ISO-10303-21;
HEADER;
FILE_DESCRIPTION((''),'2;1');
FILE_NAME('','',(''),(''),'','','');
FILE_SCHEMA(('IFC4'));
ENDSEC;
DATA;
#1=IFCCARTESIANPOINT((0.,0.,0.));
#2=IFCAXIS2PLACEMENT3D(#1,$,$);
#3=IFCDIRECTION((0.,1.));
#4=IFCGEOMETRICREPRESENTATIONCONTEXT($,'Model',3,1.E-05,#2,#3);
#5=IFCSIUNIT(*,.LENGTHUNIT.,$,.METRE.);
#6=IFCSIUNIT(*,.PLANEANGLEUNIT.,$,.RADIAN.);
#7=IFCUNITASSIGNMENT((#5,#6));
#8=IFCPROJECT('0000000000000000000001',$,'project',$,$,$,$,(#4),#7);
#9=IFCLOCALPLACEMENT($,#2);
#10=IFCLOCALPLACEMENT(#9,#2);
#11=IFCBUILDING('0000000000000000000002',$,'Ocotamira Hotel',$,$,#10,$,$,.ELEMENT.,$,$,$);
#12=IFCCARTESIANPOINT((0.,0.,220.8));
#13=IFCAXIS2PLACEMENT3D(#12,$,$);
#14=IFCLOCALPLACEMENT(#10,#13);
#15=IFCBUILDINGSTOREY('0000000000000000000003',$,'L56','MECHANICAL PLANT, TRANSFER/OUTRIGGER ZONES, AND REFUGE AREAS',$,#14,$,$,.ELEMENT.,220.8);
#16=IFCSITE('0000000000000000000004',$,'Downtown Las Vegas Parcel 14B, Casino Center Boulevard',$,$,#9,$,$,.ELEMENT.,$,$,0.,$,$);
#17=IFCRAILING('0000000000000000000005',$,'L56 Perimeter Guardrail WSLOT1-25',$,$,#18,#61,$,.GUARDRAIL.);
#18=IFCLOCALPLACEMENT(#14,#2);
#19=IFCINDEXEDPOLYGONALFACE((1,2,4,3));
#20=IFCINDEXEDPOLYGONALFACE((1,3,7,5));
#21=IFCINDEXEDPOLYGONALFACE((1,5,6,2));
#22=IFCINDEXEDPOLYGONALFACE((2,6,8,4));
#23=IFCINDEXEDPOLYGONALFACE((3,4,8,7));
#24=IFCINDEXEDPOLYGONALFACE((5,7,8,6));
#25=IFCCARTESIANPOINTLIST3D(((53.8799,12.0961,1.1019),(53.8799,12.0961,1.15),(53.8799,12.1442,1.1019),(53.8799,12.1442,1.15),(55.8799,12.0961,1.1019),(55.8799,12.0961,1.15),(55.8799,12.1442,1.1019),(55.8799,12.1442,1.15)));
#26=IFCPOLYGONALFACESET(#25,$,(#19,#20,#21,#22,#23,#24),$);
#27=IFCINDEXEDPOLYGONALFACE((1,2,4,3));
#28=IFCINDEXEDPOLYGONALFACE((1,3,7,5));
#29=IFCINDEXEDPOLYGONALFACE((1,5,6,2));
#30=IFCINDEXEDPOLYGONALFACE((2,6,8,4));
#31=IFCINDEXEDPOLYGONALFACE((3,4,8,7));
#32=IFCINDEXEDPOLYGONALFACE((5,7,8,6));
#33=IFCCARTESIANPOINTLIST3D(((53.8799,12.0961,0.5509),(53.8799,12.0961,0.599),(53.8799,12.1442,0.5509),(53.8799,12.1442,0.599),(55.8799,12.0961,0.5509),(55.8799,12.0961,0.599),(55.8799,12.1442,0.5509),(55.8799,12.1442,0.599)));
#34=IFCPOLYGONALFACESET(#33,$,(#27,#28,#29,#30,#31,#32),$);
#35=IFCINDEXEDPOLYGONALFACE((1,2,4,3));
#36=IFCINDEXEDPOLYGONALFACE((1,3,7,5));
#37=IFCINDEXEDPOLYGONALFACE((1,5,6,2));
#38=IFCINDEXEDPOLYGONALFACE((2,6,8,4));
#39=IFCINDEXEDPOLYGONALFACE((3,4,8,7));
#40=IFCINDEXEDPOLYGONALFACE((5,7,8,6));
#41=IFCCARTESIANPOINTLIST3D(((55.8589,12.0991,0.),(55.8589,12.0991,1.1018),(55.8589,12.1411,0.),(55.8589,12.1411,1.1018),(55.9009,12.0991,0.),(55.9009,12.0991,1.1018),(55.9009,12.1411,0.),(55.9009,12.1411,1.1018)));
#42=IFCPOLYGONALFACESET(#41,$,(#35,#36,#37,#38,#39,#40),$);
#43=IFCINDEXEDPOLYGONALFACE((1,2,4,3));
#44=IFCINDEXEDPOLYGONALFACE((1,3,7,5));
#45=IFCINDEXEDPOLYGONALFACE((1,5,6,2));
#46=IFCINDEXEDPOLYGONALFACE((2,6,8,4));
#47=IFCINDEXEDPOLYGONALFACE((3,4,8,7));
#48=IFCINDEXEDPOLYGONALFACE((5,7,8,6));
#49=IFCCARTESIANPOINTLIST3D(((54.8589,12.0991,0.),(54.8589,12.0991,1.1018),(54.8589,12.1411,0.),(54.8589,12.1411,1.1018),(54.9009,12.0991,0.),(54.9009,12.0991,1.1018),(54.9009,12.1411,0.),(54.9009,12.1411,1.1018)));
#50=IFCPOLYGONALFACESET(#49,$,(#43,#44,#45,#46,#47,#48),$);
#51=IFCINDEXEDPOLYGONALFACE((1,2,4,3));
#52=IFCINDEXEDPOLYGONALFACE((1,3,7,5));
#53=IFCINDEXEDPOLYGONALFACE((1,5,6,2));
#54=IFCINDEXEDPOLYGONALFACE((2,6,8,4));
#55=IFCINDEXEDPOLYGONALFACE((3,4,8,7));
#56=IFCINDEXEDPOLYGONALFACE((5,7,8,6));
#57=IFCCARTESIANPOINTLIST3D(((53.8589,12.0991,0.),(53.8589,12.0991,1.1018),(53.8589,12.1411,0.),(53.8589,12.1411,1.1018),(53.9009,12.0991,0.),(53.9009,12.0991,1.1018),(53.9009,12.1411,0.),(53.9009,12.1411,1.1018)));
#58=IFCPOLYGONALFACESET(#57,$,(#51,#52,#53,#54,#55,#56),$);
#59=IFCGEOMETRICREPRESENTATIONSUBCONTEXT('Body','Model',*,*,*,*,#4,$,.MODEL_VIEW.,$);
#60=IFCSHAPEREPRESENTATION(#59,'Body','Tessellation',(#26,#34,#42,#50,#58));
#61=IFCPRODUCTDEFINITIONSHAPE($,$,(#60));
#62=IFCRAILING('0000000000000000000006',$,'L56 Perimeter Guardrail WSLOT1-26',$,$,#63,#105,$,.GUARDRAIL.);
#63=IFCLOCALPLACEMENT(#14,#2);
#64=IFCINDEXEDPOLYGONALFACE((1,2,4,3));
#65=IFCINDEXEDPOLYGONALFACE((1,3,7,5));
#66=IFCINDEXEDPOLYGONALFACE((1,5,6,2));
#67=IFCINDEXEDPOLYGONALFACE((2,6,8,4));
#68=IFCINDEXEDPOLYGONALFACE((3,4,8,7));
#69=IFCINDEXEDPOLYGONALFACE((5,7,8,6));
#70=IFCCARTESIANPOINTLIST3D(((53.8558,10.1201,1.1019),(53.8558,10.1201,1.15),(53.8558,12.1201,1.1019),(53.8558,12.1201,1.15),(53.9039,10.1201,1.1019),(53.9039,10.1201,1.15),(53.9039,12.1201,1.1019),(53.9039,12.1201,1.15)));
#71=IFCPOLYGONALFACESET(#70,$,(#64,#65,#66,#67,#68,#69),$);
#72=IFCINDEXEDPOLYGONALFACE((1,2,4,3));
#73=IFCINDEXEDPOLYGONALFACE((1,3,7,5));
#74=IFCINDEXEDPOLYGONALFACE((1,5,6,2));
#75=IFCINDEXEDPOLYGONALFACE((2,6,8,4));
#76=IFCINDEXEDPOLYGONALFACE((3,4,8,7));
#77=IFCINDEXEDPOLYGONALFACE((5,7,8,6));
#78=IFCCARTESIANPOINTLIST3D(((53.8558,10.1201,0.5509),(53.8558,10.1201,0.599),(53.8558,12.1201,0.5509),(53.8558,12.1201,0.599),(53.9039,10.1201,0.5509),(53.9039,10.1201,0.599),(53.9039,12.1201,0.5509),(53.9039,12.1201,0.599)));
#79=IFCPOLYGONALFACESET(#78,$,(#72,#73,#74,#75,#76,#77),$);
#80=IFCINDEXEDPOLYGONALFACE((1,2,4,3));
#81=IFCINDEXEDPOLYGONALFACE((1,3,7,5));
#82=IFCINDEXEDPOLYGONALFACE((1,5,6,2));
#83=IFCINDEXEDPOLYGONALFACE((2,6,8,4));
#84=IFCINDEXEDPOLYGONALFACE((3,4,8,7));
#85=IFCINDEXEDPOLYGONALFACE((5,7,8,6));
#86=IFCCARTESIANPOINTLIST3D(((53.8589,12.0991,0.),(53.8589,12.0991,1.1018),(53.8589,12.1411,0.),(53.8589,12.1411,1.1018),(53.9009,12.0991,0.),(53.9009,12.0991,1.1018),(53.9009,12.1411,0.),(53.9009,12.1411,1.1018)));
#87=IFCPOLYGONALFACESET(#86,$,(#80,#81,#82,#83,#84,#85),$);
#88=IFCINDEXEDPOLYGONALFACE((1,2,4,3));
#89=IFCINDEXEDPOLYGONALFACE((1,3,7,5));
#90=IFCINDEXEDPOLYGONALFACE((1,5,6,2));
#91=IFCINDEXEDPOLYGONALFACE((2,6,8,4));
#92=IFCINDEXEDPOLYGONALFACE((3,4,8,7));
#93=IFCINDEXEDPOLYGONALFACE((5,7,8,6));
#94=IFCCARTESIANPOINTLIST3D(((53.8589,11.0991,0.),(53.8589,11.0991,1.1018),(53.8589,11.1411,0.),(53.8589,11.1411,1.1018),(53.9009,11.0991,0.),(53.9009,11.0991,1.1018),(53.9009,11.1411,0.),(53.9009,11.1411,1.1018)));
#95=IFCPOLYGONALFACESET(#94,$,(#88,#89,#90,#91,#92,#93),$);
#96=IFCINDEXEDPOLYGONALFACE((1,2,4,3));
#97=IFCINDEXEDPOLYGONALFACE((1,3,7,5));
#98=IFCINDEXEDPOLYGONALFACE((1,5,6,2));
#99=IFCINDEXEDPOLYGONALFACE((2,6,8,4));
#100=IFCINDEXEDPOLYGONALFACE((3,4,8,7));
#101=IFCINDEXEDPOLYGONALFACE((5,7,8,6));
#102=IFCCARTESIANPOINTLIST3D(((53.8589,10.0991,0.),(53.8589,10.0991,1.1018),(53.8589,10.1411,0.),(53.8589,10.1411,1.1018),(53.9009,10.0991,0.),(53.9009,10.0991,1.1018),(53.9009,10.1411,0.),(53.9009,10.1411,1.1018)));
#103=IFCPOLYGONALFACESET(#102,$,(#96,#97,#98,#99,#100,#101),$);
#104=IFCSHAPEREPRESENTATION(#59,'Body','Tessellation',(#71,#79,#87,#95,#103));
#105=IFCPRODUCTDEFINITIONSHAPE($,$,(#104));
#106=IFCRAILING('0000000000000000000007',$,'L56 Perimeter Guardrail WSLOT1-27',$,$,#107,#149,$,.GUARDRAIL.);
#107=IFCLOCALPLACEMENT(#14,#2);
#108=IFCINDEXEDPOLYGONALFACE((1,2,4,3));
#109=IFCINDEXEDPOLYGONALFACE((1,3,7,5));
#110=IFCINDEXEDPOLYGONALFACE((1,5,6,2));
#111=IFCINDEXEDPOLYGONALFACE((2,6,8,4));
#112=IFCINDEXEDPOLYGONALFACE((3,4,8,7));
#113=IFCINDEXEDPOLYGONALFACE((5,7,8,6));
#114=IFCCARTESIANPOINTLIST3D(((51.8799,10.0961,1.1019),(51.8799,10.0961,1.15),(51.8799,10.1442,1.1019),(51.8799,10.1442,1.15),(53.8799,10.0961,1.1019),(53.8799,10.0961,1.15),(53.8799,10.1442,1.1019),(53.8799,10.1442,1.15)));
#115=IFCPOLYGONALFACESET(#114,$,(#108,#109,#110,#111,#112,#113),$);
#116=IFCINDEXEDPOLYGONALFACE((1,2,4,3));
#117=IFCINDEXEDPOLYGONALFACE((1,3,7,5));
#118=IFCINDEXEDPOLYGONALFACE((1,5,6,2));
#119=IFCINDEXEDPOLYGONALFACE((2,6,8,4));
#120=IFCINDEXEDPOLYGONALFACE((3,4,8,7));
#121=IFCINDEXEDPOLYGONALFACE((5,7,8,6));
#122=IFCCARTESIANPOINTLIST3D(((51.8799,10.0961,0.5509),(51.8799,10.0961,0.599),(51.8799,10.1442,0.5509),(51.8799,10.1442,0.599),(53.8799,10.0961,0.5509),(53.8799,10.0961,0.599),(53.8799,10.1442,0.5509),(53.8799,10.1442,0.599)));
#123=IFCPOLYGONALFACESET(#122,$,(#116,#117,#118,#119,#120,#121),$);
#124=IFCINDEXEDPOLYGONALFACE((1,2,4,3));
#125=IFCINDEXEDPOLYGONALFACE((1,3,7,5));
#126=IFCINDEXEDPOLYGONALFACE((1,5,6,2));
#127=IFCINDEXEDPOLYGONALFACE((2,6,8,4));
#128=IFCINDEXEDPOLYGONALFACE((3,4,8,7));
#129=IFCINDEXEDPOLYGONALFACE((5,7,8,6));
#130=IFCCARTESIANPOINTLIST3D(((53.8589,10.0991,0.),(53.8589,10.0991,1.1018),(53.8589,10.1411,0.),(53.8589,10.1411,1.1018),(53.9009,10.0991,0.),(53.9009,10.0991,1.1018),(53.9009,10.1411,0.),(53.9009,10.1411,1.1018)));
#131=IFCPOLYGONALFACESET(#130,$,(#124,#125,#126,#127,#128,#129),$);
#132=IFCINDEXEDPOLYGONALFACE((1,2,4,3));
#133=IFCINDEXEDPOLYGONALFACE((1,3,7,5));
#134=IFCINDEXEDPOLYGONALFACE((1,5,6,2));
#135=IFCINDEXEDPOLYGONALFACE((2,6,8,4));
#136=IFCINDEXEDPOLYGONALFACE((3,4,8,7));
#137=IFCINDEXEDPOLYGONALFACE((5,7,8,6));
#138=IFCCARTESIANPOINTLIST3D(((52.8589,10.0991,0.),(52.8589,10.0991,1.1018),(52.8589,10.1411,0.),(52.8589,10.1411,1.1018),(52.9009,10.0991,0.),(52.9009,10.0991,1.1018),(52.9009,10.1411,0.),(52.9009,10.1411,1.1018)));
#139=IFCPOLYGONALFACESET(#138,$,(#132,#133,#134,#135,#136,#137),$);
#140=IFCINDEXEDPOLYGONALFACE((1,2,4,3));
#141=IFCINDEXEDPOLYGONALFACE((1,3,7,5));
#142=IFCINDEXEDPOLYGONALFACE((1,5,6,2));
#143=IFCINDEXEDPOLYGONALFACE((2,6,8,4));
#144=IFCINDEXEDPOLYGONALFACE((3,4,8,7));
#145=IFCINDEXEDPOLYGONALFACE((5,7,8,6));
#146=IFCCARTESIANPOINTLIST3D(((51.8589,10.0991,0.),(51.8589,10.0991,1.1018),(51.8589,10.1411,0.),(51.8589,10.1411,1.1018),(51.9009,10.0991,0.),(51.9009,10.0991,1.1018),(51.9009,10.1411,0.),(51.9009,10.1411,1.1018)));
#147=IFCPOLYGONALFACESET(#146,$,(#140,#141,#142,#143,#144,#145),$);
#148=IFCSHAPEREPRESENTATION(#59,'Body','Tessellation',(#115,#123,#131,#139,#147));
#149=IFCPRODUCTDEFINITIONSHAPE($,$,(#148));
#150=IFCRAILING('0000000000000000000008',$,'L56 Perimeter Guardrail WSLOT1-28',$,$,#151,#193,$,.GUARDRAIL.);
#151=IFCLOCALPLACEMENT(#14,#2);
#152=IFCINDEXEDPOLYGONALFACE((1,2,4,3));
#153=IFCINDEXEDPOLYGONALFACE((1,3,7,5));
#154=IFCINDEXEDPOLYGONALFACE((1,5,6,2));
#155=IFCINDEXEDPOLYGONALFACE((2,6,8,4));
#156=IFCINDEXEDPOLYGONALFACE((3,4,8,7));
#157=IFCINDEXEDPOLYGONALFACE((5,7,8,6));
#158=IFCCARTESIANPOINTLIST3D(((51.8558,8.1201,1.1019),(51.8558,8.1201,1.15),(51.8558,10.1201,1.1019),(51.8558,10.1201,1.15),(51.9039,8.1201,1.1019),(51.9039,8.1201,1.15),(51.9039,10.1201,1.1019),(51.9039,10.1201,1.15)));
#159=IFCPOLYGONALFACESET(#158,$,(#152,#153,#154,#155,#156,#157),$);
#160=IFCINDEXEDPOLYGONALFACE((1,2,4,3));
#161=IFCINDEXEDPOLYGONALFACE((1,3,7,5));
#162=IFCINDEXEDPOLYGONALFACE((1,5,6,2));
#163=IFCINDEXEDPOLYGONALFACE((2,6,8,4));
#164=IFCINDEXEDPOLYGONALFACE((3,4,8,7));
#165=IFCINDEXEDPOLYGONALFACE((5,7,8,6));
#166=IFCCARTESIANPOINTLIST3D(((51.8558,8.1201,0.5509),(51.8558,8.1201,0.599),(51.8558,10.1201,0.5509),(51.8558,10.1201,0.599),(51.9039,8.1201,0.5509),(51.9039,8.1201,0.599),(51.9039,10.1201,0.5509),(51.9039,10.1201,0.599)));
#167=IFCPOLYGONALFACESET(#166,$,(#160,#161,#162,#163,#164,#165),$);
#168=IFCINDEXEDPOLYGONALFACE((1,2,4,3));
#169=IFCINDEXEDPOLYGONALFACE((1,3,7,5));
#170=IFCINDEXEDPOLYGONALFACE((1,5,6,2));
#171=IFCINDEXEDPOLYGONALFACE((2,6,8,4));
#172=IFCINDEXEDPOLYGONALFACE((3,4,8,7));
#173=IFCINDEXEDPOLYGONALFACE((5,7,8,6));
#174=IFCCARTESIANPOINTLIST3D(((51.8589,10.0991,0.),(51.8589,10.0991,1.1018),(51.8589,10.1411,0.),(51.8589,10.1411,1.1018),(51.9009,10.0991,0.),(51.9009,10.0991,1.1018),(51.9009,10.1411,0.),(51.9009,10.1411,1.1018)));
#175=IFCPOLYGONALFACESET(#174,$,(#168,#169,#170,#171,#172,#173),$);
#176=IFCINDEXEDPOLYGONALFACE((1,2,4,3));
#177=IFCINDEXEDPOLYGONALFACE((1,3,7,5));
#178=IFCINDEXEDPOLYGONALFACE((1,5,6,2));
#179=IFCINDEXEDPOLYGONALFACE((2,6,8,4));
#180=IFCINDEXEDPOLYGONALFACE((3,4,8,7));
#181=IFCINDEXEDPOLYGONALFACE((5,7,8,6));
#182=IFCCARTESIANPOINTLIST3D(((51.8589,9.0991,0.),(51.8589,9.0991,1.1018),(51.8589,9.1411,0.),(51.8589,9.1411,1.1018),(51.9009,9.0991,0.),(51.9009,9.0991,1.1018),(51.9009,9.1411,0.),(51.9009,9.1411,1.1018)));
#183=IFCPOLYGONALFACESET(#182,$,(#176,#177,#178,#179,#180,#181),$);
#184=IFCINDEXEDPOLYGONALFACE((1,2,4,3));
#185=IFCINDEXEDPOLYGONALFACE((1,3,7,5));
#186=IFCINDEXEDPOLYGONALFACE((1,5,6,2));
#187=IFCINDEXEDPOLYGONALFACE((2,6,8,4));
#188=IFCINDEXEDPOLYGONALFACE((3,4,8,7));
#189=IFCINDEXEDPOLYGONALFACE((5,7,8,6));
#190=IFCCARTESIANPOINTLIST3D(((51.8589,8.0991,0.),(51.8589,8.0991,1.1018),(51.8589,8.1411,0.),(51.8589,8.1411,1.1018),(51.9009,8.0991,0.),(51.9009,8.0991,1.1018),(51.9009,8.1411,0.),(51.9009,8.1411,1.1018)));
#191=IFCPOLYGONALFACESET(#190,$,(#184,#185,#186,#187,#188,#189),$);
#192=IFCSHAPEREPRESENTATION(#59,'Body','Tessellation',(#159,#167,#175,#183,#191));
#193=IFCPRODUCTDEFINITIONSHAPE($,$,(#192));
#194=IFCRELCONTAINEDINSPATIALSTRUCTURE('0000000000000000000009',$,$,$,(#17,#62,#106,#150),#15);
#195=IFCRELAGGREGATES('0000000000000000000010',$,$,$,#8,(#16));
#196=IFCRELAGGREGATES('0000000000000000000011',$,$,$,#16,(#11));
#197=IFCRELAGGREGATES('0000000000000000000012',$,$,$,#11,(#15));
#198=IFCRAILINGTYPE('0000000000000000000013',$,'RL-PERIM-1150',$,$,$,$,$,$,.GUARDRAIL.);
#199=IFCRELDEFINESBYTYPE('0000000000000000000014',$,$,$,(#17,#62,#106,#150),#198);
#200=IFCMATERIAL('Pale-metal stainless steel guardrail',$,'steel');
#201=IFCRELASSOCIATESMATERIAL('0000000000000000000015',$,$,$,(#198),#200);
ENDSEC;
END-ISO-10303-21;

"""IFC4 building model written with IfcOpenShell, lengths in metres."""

from ifc_helpers import new_model, si_unit, direction, frame, origin, origin_2d, place, context, subcontext, project, spatial, rectangle, extrude, material, type_object, element, save


model = new_model("IFC4")

# Units and contexts
model_context = context("Model", 3, precision=1e-05, world=origin(), true_north=direction((0.0, 1.0)))
body_context = subcontext(model_context, "Body", "Model", "MODEL_VIEW")
ifc_project = project(units=[si_unit("LENGTHUNIT", "METRE"), si_unit("PLANEANGLEUNIT", "RADIAN")], contexts=[model_context])

# Site, building, storey
site_placement = place(None, origin())
site = spatial("IfcSite", under=ifc_project, at=site_placement, Name="Downtown Las Vegas Parcel 14B, Casino Center Boulevard", CompositionType="ELEMENT", RefElevation=0.0)
building_placement = place(site_placement, origin())
building = spatial("IfcBuilding", under=site, at=building_placement, Name="Ocotamira Hotel", CompositionType="ELEMENT")
storey_placement = place(building_placement, frame((0.0, 0.0, 220.8)))
storey = spatial("IfcBuildingStorey", under=building, at=storey_placement, Name="L56", Description="MECHANICAL PLANT, TRANSFER/OUTRIGGER ZONES, AND REFUGE AREAS", CompositionType="ELEMENT", Elevation=220.8)

# Railings
ifc_material_1 = material(Name="Pale-metal stainless steel guardrail", Category="steel")
railing_type = type_object("IfcRailingType", Name="RL-PERIM-1150", PredefinedType="GUARDRAIL", material=ifc_material_1)
railing_1_placement = place(storey_placement, frame((55.8799, 12.1201, 0.0)))
element("IfcRailing", 1, at=railing_1_placement, inside=storey, type_object=railing_type, Name="L56 Perimeter Guardrail WSLOT1-25", PredefinedType="GUARDRAIL", context=body_context, shape_type="SweptSolid", body=[
    extrude(rectangle(XDim=0.0481, YDim=0.0481, at=origin_2d()), frame((0.0, 0.0, 1.126), z_axis=(-1.0, 0.0, 0.0), x_axis=(0.0, -1.0, 0.0)), (0.0, 0.0, 1.0), 2.0),
    extrude(rectangle(XDim=0.0481, YDim=0.0481, at=origin_2d()), frame((0.0, 0.0, 0.575), z_axis=(-1.0, 0.0, 0.0), x_axis=(0.0, -1.0, 0.0)), (0.0, 0.0, 1.0), 2.0),
    extrude(rectangle(XDim=0.042, YDim=0.042, at=origin_2d()), origin(), (0.0, 0.0, 1.0), 1.1018),
    extrude(rectangle(XDim=0.042, YDim=0.042, at=origin_2d()), frame((-1.0, 0.0, 0.0)), (0.0, 0.0, 1.0), 1.1018),
    extrude(rectangle(XDim=0.042, YDim=0.042, at=origin_2d()), frame((-2.0, 0.0, 0.0)), (0.0, 0.0, 1.0), 1.1018),
])
railing_2_placement = place(storey_placement, frame((53.8799, 12.1201, 0.0)))
element("IfcRailing", 2, at=railing_2_placement, inside=storey, type_object=railing_type, Name="L56 Perimeter Guardrail WSLOT1-26", PredefinedType="GUARDRAIL", context=body_context, shape_type="SweptSolid", body=[
    extrude(rectangle(XDim=0.0481, YDim=0.0481, at=origin_2d()), frame((0.0, 0.0, 1.126), z_axis=(0.0, -1.0, 0.0), x_axis=(1.0, 0.0, 0.0)), (0.0, 0.0, 1.0), 2.0),
    extrude(rectangle(XDim=0.0481, YDim=0.0481, at=origin_2d()), frame((0.0, 0.0, 0.575), z_axis=(0.0, -1.0, 0.0), x_axis=(1.0, 0.0, 0.0)), (0.0, 0.0, 1.0), 2.0),
    extrude(rectangle(XDim=0.042, YDim=0.042, at=origin_2d()), origin(), (0.0, 0.0, 1.0), 1.1018),
    extrude(rectangle(XDim=0.042, YDim=0.042, at=origin_2d()), frame((0.0, -1.0, 0.0)), (0.0, 0.0, 1.0), 1.1018),
    extrude(rectangle(XDim=0.042, YDim=0.042, at=origin_2d()), frame((0.0, -2.0, 0.0)), (0.0, 0.0, 1.0), 1.1018),
])
railing_3_placement = place(storey_placement, frame((53.8799, 10.1201, 0.0)))
element("IfcRailing", 3, at=railing_3_placement, inside=storey, type_object=railing_type, Name="L56 Perimeter Guardrail WSLOT1-27", PredefinedType="GUARDRAIL", context=body_context, shape_type="SweptSolid", body=[
    extrude(rectangle(XDim=0.0481, YDim=0.0481, at=origin_2d()), frame((0.0, 0.0, 1.126), z_axis=(-1.0, 0.0, 0.0), x_axis=(0.0, -1.0, 0.0)), (0.0, 0.0, 1.0), 2.0),
    extrude(rectangle(XDim=0.0481, YDim=0.0481, at=origin_2d()), frame((0.0, 0.0, 0.575), z_axis=(-1.0, 0.0, 0.0), x_axis=(0.0, -1.0, 0.0)), (0.0, 0.0, 1.0), 2.0),
    extrude(rectangle(XDim=0.042, YDim=0.042, at=origin_2d()), origin(), (0.0, 0.0, 1.0), 1.1018),
    extrude(rectangle(XDim=0.042, YDim=0.042, at=origin_2d()), frame((-1.0, 0.0, 0.0)), (0.0, 0.0, 1.0), 1.1018),
    extrude(rectangle(XDim=0.042, YDim=0.042, at=origin_2d()), frame((-2.0, 0.0, 0.0)), (0.0, 0.0, 1.0), 1.1018),
])
railing_4_placement = place(storey_placement, frame((51.8799, 10.1201, 0.0)))
element("IfcRailing", 4, at=railing_4_placement, inside=storey, type_object=railing_type, Name="L56 Perimeter Guardrail WSLOT1-28", PredefinedType="GUARDRAIL", context=body_context, shape_type="SweptSolid", body=[
    extrude(rectangle(XDim=0.0481, YDim=0.0481, at=origin_2d()), frame((0.0, 0.0, 1.126), z_axis=(0.0, -1.0, 0.0), x_axis=(1.0, 0.0, 0.0)), (0.0, 0.0, 1.0), 2.0),
    extrude(rectangle(XDim=0.0481, YDim=0.0481, at=origin_2d()), frame((0.0, 0.0, 0.575), z_axis=(0.0, -1.0, 0.0), x_axis=(1.0, 0.0, 0.0)), (0.0, 0.0, 1.0), 2.0),
    extrude(rectangle(XDim=0.042, YDim=0.042, at=origin_2d()), origin(), (0.0, 0.0, 1.0), 1.1018),
    extrude(rectangle(XDim=0.042, YDim=0.042, at=origin_2d()), frame((0.0, -1.0, 0.0)), (0.0, 0.0, 1.0), 1.1018),
    extrude(rectangle(XDim=0.042, YDim=0.042, at=origin_2d()), frame((0.0, -2.0, 0.0)), (0.0, 0.0, 1.0), 1.1018),
])

save(model, "model.ifc")
